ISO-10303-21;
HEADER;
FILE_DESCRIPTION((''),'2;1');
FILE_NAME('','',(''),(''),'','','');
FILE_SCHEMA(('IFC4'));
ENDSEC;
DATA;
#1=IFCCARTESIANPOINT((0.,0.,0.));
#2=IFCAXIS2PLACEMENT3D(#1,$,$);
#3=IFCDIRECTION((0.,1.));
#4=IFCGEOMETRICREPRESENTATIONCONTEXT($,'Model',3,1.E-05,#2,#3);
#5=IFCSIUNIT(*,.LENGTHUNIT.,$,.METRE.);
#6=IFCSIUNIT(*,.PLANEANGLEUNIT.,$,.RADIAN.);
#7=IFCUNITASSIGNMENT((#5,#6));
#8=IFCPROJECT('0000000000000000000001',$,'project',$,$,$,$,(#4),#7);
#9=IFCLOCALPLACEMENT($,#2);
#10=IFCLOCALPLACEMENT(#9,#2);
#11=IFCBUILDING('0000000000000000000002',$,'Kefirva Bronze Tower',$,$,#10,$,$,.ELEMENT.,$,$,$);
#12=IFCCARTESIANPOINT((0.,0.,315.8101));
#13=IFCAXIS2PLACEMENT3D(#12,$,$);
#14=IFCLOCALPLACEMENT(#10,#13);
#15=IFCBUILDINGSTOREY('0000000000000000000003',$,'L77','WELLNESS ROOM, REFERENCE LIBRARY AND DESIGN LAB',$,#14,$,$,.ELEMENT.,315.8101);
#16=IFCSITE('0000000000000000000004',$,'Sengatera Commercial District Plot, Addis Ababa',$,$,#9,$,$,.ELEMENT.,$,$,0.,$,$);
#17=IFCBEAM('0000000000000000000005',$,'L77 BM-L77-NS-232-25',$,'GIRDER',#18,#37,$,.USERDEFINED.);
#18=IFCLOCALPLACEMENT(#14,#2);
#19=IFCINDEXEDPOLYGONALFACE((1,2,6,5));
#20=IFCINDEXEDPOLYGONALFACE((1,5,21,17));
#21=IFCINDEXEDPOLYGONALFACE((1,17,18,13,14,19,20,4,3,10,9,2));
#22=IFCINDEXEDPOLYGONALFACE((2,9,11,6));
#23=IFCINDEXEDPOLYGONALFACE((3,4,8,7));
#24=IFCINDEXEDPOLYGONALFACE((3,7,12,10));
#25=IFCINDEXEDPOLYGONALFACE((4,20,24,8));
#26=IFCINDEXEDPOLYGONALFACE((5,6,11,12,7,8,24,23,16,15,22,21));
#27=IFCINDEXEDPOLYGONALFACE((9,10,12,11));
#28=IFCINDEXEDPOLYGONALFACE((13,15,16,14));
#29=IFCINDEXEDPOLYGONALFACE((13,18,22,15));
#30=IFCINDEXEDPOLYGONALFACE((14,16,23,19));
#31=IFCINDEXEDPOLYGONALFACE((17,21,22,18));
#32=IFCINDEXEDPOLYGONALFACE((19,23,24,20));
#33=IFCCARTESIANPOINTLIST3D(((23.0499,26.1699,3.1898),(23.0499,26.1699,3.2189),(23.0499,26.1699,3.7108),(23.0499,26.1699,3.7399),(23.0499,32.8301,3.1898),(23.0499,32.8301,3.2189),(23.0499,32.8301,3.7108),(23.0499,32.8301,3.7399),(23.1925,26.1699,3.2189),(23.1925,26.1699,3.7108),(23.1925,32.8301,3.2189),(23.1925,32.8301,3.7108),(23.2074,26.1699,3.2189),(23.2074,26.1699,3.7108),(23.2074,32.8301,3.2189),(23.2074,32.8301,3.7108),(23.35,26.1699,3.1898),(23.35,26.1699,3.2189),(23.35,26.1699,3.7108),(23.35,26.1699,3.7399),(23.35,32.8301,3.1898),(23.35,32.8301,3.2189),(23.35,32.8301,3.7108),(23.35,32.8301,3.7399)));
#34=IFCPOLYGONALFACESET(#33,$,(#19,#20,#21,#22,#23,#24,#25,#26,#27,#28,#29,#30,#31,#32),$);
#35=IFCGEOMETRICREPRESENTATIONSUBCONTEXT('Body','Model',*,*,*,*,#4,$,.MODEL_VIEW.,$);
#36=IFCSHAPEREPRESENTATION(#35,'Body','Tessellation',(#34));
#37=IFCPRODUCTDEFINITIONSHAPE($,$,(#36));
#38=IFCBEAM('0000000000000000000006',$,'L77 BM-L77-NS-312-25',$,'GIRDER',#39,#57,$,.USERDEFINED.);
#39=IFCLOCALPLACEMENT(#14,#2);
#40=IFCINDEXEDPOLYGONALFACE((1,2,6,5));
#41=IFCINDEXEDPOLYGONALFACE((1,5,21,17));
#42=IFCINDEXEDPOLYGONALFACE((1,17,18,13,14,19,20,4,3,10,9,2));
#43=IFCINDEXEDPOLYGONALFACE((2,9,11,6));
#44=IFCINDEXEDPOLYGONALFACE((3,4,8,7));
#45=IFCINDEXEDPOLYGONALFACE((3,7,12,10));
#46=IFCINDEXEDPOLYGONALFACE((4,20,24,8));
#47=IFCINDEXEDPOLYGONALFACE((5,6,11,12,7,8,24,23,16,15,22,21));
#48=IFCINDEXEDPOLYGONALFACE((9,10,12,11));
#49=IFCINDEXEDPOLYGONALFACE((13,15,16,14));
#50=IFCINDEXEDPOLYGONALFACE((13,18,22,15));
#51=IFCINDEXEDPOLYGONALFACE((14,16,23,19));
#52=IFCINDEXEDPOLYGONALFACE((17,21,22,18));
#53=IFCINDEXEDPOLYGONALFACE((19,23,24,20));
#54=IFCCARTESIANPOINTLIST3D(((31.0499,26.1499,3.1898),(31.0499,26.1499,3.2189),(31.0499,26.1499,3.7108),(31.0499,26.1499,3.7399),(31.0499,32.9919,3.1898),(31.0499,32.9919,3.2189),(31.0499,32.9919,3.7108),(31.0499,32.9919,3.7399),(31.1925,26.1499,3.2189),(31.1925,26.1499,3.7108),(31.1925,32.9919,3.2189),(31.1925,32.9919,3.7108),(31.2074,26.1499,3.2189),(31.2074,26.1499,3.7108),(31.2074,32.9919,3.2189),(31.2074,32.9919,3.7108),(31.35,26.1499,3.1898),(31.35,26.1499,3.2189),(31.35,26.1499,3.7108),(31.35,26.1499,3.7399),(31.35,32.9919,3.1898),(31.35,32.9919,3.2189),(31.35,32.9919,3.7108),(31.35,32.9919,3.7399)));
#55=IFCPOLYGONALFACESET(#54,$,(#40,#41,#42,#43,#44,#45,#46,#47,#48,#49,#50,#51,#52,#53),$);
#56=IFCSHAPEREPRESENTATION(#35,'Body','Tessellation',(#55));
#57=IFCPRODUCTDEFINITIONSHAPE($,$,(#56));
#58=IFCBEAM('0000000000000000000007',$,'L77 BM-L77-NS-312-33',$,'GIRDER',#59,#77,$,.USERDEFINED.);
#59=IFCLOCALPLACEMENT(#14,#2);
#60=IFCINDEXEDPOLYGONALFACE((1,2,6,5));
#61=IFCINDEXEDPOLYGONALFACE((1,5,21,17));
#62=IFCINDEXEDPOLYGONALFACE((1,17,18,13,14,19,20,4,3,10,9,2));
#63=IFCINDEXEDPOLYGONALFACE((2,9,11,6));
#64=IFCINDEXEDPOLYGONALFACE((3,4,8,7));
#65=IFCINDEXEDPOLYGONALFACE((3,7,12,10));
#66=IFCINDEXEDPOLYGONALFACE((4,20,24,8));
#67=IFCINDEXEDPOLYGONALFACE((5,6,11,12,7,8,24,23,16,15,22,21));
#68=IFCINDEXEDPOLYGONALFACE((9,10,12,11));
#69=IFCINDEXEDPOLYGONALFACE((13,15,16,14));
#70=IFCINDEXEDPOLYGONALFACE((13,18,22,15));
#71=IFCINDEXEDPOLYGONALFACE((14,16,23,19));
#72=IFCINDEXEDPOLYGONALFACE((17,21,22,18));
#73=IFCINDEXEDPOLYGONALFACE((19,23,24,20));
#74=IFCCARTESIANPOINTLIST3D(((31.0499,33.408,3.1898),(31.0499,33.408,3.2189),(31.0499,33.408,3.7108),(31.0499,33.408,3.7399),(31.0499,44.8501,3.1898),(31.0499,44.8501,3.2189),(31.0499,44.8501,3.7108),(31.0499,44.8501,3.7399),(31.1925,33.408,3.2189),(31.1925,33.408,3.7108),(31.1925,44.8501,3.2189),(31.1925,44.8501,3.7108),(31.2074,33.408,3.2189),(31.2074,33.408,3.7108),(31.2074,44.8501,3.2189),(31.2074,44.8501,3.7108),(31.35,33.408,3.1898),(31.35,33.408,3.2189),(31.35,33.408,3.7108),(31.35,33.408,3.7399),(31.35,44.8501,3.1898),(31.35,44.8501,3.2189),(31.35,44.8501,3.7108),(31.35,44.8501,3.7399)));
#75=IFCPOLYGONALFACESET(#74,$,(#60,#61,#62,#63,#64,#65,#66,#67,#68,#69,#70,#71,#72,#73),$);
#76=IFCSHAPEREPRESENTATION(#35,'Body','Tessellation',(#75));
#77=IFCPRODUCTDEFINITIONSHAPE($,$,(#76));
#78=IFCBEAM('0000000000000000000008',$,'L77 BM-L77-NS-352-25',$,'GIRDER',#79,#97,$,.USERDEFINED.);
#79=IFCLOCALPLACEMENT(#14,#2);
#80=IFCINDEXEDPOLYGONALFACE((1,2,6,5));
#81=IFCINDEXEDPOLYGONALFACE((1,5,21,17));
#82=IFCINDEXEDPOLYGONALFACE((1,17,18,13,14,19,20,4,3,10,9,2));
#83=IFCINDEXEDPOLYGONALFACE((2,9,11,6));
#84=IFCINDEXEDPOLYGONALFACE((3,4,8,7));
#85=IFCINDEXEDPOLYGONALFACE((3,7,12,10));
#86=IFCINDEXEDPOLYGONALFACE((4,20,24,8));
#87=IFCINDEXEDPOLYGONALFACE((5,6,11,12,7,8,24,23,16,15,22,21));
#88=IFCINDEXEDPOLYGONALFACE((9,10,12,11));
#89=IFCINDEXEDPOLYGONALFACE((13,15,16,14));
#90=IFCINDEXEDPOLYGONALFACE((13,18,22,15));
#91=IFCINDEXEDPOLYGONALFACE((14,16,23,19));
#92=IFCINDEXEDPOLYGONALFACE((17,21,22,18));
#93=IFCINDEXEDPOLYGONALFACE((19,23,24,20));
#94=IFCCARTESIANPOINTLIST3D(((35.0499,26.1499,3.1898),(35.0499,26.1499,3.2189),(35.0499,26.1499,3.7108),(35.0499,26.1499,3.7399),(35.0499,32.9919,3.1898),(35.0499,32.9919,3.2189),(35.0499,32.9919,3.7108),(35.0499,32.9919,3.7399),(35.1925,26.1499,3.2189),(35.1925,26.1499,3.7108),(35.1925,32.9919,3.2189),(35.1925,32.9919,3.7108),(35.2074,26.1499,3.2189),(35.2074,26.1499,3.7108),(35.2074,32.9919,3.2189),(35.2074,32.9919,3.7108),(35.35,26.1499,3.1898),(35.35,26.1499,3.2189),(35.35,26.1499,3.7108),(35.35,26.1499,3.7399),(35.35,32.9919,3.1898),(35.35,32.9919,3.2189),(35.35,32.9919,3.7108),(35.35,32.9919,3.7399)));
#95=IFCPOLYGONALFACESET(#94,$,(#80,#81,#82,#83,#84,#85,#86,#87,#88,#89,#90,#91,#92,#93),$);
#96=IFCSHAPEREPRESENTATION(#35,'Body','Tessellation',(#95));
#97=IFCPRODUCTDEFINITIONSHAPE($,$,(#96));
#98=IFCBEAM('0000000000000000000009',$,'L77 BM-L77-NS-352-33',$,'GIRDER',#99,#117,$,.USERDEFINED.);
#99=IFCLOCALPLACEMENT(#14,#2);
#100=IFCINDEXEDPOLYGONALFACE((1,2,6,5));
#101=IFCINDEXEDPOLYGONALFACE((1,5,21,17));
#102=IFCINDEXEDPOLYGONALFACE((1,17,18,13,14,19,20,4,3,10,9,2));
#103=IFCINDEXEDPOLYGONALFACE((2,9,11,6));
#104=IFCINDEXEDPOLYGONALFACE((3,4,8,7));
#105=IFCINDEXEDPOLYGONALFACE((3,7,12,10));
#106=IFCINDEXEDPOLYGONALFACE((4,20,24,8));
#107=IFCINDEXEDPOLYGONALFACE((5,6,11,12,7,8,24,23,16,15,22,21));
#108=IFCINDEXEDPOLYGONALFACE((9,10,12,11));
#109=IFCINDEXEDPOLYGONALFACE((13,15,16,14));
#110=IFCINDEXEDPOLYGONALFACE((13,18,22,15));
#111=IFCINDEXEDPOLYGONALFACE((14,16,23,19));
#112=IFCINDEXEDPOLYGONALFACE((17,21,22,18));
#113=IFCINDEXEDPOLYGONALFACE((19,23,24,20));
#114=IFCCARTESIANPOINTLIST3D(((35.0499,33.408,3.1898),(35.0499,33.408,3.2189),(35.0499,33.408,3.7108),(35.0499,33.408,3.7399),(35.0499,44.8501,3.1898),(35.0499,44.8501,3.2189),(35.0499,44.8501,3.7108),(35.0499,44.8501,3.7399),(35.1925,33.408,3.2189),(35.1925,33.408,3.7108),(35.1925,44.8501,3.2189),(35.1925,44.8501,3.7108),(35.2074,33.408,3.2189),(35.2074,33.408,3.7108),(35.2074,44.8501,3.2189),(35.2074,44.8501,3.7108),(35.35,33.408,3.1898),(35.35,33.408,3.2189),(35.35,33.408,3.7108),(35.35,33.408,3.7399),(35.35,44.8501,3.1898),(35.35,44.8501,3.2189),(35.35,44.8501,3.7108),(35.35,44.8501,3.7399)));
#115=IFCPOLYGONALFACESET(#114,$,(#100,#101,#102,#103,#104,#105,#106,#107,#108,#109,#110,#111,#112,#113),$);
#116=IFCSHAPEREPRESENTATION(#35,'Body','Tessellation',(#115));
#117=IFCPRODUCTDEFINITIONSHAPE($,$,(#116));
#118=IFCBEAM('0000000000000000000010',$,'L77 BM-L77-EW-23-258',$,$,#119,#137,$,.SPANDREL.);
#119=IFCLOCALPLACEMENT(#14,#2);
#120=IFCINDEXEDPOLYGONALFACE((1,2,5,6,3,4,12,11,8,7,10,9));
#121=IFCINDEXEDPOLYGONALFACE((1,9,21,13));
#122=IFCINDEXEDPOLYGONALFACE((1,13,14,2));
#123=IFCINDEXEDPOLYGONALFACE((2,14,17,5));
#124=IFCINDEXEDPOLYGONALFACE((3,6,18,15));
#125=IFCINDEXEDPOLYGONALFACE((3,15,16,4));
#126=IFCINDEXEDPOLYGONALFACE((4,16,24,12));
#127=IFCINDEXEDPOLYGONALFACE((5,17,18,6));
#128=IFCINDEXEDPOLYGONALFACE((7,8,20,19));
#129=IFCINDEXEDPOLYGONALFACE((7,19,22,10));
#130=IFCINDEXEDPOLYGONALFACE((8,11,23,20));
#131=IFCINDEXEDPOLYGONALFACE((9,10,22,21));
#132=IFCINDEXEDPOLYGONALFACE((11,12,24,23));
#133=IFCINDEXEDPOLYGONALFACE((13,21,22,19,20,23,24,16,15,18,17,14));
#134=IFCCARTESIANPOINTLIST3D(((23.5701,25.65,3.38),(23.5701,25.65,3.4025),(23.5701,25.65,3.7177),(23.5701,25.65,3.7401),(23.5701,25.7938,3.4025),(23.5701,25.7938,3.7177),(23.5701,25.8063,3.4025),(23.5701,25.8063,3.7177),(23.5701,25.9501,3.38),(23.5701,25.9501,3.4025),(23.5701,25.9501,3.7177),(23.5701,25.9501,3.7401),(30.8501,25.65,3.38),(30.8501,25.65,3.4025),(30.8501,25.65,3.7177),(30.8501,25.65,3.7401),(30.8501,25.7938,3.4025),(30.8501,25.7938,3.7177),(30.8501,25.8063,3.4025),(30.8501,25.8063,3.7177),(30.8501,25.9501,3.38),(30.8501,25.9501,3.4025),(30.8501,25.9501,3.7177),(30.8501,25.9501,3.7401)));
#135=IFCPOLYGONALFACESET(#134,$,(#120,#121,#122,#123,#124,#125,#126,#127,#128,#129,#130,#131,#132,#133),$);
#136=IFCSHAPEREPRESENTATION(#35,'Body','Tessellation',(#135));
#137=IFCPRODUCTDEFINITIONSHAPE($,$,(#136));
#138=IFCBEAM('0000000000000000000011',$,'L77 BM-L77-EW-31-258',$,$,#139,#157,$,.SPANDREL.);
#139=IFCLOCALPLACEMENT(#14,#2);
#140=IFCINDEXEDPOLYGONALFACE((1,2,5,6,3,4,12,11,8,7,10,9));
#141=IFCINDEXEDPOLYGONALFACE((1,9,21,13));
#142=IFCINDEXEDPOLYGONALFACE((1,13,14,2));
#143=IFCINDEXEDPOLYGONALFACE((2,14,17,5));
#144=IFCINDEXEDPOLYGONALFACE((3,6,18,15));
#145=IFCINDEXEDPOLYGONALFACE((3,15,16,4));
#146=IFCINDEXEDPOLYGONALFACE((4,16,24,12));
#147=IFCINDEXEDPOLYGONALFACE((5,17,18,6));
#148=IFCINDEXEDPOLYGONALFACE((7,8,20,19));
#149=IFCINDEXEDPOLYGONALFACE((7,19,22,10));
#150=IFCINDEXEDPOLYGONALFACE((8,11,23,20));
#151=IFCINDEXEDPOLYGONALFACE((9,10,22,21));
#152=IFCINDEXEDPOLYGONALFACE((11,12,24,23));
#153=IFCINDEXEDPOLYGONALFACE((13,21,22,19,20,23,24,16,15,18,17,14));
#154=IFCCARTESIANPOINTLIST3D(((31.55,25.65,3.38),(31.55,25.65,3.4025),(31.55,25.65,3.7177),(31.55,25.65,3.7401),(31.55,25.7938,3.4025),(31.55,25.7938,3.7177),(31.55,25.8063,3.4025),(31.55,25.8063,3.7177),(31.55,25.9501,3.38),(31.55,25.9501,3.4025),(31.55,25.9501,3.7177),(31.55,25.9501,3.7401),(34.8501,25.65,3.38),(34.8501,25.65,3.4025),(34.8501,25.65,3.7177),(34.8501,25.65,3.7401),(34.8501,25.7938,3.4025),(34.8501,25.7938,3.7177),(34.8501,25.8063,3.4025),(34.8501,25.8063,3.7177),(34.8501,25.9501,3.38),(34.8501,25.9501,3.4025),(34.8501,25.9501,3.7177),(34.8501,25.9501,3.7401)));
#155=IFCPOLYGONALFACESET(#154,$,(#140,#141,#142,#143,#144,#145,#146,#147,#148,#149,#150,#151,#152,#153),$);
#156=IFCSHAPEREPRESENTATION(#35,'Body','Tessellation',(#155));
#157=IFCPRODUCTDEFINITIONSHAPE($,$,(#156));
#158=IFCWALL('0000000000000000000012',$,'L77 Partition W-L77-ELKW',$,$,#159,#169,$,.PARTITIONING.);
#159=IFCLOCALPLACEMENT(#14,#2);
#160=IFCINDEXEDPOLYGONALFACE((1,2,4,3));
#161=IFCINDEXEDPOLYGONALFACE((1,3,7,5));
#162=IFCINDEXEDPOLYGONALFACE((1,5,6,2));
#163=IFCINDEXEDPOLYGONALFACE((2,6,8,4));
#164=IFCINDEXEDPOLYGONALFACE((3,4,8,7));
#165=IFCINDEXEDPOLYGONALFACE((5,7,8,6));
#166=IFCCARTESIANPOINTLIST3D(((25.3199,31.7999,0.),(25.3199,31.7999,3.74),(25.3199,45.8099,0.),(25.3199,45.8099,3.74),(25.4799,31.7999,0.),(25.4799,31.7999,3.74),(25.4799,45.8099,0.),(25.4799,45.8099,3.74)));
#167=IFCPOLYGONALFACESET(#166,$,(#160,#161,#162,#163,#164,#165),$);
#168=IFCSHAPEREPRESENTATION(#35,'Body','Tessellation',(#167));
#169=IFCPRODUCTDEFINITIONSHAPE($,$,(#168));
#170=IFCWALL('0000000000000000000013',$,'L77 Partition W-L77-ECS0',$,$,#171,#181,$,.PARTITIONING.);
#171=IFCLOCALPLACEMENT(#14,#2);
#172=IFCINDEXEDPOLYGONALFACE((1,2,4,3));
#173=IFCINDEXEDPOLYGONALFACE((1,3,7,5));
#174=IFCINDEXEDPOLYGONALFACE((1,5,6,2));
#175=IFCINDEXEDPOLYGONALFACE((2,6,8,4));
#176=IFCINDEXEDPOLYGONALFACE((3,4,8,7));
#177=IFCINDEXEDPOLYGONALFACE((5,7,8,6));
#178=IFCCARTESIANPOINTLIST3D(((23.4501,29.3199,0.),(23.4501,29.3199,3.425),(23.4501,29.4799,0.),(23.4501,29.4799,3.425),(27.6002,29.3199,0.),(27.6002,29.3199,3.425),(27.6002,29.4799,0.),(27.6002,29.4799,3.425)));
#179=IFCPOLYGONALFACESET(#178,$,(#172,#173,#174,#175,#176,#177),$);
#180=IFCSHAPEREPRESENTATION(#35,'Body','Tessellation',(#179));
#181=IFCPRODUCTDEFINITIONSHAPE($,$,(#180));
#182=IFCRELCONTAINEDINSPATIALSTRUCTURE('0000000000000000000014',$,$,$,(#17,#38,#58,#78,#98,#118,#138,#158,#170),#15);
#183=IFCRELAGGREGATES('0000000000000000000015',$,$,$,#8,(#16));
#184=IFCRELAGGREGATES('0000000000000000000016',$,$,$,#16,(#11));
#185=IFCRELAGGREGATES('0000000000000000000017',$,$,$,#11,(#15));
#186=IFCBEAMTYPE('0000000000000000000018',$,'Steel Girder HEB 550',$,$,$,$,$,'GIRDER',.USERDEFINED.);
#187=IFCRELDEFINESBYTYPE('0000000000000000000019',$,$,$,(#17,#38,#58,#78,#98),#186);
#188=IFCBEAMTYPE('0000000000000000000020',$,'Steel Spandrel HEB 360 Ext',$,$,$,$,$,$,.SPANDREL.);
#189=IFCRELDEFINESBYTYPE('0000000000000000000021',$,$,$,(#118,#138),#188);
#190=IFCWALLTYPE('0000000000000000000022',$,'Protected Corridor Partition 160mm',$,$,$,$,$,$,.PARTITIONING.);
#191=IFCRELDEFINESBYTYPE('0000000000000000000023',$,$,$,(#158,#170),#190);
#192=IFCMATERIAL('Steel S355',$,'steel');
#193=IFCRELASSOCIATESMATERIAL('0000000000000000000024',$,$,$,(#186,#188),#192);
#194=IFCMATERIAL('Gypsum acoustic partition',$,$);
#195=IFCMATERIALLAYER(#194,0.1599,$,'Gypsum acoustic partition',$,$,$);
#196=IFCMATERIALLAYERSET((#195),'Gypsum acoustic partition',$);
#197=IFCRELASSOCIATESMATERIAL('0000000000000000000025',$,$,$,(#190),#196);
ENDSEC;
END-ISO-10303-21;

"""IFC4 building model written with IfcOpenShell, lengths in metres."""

from ifc_helpers import new_model, si_unit, direction, frame, frame_2d, origin, origin_2d, place, context, subcontext, project, spatial, rectangle, i_section, extrude, material, layer, layer_set, material_profile, profile_set, type_object, element, save


model = new_model("IFC4")

# Units and contexts
model_context = context("Model", 3, precision=1e-05, world=origin(), true_north=direction((0.0, 1.0)))
body_context = subcontext(model_context, "Body", "Model", "MODEL_VIEW")
ifc_project = project(units=[si_unit("LENGTHUNIT", "METRE"), si_unit("PLANEANGLEUNIT", "RADIAN")], contexts=[model_context])

# Site, building, storey
site_placement = place(None, origin())
site = spatial("IfcSite", under=ifc_project, at=site_placement, Name="Sengatera Commercial District Plot, Addis Ababa", CompositionType="ELEMENT", RefElevation=0.0)
building_placement = place(site_placement, origin())
building = spatial("IfcBuilding", under=site, at=building_placement, Name="Kefirva Bronze Tower", CompositionType="ELEMENT")
storey_placement = place(building_placement, frame((0.0, 0.0, 315.8101)))
storey = spatial("IfcBuildingStorey", under=building, at=storey_placement, Name="L77", Description="WELLNESS ROOM, REFERENCE LIBRARY AND DESIGN LAB", CompositionType="ELEMENT", Elevation=315.8101)

# Beams
ifc_material_1 = material(Name="Steel S355", Category="steel")
ifc_material_profile_1 = material_profile(ifc_material_1, i_section(OverallWidth=0.3, OverallDepth=0.55, WebThickness=0.0149, FlangeThickness=0.0291, at=origin_2d()), Name="HEB 550")
ifc_profile_set_1 = profile_set([ifc_material_profile_1], Name="Steel S355")
beam_type_1 = type_object("IfcBeamType", Name="Steel Girder HEB 550", ElementType="GIRDER", PredefinedType="USERDEFINED", material=ifc_profile_set_1)
beam_1_placement = place(storey_placement, frame((23.2, 26.1699, 3.4648), z_axis=(0.0, 1.0, 0.0), x_axis=(-1.0, 0.0, 0.0)))
element("IfcBeam", 1, at=beam_1_placement, inside=storey, type_object=beam_type_1, Name="L77 BM-L77-NS-232-25", ObjectType="GIRDER", PredefinedType="USERDEFINED", context=body_context, shape_type="SweptSolid", body=[
    extrude(i_section(OverallWidth=0.3, OverallDepth=0.55, WebThickness=0.0149, FlangeThickness=0.0291, at=origin_2d()), origin(), (0.0, 0.0, 1.0), 6.6602),
])
beam_2_placement = place(storey_placement, frame((31.2, 26.1499, 3.4648), z_axis=(0.0, 1.0, 0.0), x_axis=(-1.0, 0.0, 0.0)))
element("IfcBeam", 2, at=beam_2_placement, inside=storey, type_object=beam_type_1, Name="L77 BM-L77-NS-312-25", ObjectType="GIRDER", PredefinedType="USERDEFINED", context=body_context, shape_type="SweptSolid", body=[
    extrude(i_section(OverallWidth=0.3, OverallDepth=0.55, WebThickness=0.0149, FlangeThickness=0.0291, at=origin_2d()), origin(), (0.0, 0.0, 1.0), 6.842),
])
beam_3_placement = place(storey_placement, frame((31.2, 33.408, 3.4648), z_axis=(0.0, 1.0, 0.0), x_axis=(-1.0, 0.0, 0.0)))
element("IfcBeam", 3, at=beam_3_placement, inside=storey, type_object=beam_type_1, Name="L77 BM-L77-NS-312-33", ObjectType="GIRDER", PredefinedType="USERDEFINED", context=body_context, shape_type="SweptSolid", body=[
    extrude(i_section(OverallWidth=0.3, OverallDepth=0.55, WebThickness=0.0149, FlangeThickness=0.0291, at=origin_2d()), origin(), (0.0, 0.0, 1.0), 11.4421),
])
beam_4_placement = place(storey_placement, frame((35.2, 26.1499, 3.4648), z_axis=(0.0, 1.0, 0.0), x_axis=(-1.0, 0.0, 0.0)))
element("IfcBeam", 4, at=beam_4_placement, inside=storey, type_object=beam_type_1, Name="L77 BM-L77-NS-352-25", ObjectType="GIRDER", PredefinedType="USERDEFINED", context=body_context, shape_type="SweptSolid", body=[
    extrude(i_section(OverallWidth=0.3, OverallDepth=0.55, WebThickness=0.0149, FlangeThickness=0.0291, at=origin_2d()), origin(), (0.0, 0.0, 1.0), 6.842),
])
beam_5_placement = place(storey_placement, frame((35.2, 33.408, 3.4648), z_axis=(0.0, 1.0, 0.0), x_axis=(-1.0, 0.0, 0.0)))
element("IfcBeam", 5, at=beam_5_placement, inside=storey, type_object=beam_type_1, Name="L77 BM-L77-NS-352-33", ObjectType="GIRDER", PredefinedType="USERDEFINED", context=body_context, shape_type="SweptSolid", body=[
    extrude(i_section(OverallWidth=0.3, OverallDepth=0.55, WebThickness=0.0149, FlangeThickness=0.0291, at=origin_2d()), origin(), (0.0, 0.0, 1.0), 11.4421),
])
ifc_material_profile_2 = material_profile(ifc_material_1, i_section(OverallWidth=0.3, OverallDepth=0.3601, WebThickness=0.0125, FlangeThickness=0.0225, at=origin_2d()), Name="HEB 360")
ifc_profile_set_2 = profile_set([ifc_material_profile_2], Name="Steel S355")
beam_type_2 = type_object("IfcBeamType", Name="Steel Spandrel HEB 360 Ext", PredefinedType="SPANDREL", material=ifc_profile_set_2)
beam_6_placement = place(storey_placement, frame((23.5701, 25.8, 3.5601), z_axis=(1.0, 0.0, 0.0), x_axis=(0.0, 1.0, 0.0)))
element("IfcBeam", 6, at=beam_6_placement, inside=storey, type_object=beam_type_2, Name="L77 BM-L77-EW-23-258", PredefinedType="SPANDREL", context=body_context, shape_type="SweptSolid", body=[
    extrude(i_section(OverallWidth=0.3, OverallDepth=0.3601, WebThickness=0.0125, FlangeThickness=0.0225, at=origin_2d()), origin(), (0.0, 0.0, 1.0), 7.28),
])
beam_7_placement = place(storey_placement, frame((31.55, 25.8, 3.5601), z_axis=(1.0, 0.0, 0.0), x_axis=(0.0, 1.0, 0.0)))
element("IfcBeam", 7, at=beam_7_placement, inside=storey, type_object=beam_type_2, Name="L77 BM-L77-EW-31-258", PredefinedType="SPANDREL", context=body_context, shape_type="SweptSolid", body=[
    extrude(i_section(OverallWidth=0.3, OverallDepth=0.3601, WebThickness=0.0125, FlangeThickness=0.0225, at=origin_2d()), origin(), (0.0, 0.0, 1.0), 3.3),
])

# Walls
ifc_material_2 = material(Name="Gypsum acoustic partition")
ifc_layer = layer(ifc_material_2, 0.1599, Name="Gypsum acoustic partition")
ifc_layer_set = layer_set([ifc_layer], Name="Gypsum acoustic partition")
wall_type = type_object("IfcWallType", Name="Protected Corridor Partition 160mm", PredefinedType="PARTITIONING", material=ifc_layer_set)
wall_1_placement = place(storey_placement, frame((25.3999, 31.8, 0.0), z_axis=(0.0, 0.0, 1.0), x_axis=(0.0, 1.0, 0.0)))
element("IfcWall", 8, at=wall_1_placement, inside=storey, type_object=wall_type, Name="L77 Partition W-L77-ELKW", PredefinedType="PARTITIONING", context=body_context, shape_type="SweptSolid", body=[
    extrude(rectangle(XDim=14.01, YDim=0.1599, at=frame_2d((7.0049, 0.0))), origin(), (0.0, 0.0, 1.0), 3.74),
])
wall_2_placement = place(storey_placement, frame((23.45, 29.3999, 0.0), z_axis=(0.0, 0.0, 1.0), x_axis=(1.0, 0.0, 0.0)))
element("IfcWall", 9, at=wall_2_placement, inside=storey, type_object=wall_type, Name="L77 Partition W-L77-ECS0", PredefinedType="PARTITIONING", context=body_context, shape_type="SweptSolid", body=[
    extrude(rectangle(XDim=4.1501, YDim=0.1599, at=frame_2d((2.0752, 0.0))), origin(), (0.0, 0.0, 1.0), 3.425),
])

save(model, "model.ifc")
